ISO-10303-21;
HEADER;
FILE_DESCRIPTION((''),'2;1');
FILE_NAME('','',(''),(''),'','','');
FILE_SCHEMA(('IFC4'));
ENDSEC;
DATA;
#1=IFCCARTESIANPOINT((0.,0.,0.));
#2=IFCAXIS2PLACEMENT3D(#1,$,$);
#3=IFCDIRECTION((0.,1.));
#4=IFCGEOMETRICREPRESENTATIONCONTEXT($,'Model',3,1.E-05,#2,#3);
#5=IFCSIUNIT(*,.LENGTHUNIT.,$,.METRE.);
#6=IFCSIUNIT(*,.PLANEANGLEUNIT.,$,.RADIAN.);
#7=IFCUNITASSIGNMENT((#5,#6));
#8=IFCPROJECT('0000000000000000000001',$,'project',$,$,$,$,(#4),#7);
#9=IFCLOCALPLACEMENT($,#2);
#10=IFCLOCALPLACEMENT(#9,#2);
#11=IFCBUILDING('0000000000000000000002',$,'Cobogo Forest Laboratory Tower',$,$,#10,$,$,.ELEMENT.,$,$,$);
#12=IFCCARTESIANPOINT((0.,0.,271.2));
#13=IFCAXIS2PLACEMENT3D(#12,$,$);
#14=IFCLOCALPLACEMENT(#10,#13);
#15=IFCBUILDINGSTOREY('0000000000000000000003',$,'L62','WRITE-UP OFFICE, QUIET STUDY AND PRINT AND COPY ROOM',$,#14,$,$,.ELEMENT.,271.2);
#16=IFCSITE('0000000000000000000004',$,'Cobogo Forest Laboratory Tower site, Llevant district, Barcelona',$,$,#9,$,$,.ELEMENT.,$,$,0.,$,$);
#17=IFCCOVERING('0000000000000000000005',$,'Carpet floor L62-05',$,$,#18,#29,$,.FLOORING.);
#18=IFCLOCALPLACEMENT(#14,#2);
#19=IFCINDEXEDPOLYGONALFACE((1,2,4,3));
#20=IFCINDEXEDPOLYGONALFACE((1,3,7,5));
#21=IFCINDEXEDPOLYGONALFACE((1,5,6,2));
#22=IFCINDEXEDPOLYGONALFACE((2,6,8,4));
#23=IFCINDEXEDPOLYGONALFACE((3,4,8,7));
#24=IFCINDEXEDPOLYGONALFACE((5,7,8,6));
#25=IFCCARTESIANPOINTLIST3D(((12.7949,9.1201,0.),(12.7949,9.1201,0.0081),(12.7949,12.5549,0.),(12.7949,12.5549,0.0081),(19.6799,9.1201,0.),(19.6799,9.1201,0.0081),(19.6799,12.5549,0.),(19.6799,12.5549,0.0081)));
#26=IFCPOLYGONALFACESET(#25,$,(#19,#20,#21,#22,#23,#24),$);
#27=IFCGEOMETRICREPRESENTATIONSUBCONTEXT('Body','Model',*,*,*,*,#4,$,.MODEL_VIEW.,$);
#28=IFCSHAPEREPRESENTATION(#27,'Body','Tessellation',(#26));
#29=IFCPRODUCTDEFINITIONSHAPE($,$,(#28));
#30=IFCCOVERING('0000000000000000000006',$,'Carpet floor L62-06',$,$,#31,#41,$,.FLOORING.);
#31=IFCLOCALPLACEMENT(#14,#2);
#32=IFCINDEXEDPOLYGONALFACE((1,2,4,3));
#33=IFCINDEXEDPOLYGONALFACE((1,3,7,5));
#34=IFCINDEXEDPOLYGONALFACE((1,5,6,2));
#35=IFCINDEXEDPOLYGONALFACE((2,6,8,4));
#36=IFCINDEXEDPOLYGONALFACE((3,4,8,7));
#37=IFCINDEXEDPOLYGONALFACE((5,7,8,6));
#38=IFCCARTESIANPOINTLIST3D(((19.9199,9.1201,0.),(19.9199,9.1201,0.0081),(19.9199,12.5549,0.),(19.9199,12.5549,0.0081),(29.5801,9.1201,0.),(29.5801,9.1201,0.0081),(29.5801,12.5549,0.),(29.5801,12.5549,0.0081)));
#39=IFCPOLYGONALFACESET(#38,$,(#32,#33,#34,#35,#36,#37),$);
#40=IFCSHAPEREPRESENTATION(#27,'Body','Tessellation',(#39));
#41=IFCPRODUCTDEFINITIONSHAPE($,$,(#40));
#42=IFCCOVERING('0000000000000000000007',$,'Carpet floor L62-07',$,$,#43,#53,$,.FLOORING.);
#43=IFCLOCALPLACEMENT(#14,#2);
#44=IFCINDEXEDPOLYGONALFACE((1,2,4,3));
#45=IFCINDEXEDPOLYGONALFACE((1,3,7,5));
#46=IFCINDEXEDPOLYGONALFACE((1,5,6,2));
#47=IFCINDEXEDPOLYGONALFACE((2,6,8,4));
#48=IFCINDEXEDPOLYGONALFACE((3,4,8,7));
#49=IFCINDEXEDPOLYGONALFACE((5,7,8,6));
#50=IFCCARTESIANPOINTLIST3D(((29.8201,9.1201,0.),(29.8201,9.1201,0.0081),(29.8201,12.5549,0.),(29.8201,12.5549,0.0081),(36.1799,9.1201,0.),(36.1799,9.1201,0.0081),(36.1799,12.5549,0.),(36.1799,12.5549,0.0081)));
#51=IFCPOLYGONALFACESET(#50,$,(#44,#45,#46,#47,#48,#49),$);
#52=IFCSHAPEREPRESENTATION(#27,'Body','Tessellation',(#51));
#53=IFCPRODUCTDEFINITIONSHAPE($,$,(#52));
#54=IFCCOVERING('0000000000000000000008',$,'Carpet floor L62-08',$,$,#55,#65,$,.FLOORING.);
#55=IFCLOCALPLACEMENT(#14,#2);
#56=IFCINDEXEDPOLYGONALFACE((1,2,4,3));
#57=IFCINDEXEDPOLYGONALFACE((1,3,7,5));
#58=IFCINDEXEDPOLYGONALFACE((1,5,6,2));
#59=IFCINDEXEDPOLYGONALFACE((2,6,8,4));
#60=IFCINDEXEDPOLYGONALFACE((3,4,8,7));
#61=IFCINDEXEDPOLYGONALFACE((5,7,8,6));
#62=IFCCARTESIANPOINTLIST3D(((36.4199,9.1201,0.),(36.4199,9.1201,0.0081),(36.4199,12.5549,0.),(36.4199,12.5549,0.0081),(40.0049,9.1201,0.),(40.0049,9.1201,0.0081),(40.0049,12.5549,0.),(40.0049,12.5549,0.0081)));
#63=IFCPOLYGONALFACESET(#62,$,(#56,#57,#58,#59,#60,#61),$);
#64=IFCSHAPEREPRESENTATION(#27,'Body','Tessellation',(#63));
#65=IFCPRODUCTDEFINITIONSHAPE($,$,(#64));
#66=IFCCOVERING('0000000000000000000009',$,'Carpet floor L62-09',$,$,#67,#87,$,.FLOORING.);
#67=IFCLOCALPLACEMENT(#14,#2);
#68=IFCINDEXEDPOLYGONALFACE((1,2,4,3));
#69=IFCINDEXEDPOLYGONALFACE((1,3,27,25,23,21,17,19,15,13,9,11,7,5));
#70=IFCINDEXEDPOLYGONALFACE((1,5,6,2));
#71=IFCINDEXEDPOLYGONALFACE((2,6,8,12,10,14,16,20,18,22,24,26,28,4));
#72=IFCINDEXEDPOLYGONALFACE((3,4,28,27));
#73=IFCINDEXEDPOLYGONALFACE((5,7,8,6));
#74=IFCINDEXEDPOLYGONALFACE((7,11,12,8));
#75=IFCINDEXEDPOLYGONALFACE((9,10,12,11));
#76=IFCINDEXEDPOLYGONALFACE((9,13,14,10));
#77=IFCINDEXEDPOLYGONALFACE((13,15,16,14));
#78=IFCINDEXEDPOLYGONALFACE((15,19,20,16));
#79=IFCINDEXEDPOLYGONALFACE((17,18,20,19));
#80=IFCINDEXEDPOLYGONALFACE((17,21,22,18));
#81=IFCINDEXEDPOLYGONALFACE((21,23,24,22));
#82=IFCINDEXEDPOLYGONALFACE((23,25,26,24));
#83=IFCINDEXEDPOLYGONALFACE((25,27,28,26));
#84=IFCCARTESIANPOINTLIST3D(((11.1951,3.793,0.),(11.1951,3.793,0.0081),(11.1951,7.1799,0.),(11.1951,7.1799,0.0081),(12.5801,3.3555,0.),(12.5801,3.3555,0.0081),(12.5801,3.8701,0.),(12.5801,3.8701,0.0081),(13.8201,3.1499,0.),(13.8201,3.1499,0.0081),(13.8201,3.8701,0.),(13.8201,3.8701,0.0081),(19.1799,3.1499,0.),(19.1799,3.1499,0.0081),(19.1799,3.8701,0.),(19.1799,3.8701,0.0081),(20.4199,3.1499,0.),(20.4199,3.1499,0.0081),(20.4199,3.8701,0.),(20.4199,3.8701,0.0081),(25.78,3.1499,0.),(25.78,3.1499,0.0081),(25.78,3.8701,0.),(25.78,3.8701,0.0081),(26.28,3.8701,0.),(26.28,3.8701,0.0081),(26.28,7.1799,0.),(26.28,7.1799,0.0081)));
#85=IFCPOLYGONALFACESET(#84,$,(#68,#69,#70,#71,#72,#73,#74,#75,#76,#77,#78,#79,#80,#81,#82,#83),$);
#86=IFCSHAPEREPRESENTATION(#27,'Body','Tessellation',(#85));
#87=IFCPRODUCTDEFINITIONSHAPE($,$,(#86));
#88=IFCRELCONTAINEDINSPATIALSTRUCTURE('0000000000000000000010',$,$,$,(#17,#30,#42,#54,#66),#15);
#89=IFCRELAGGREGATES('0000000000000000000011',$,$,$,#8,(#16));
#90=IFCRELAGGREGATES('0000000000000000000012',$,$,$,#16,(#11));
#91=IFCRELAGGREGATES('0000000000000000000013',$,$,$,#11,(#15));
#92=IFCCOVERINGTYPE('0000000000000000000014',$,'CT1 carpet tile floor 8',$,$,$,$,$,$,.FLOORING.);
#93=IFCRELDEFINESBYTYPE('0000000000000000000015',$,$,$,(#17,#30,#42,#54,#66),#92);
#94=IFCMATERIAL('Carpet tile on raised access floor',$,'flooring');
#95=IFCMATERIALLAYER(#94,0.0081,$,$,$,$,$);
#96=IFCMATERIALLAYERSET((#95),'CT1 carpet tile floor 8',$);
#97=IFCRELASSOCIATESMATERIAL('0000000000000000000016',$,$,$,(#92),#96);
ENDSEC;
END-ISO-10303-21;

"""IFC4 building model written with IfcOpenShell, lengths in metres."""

from ifc_helpers import new_model, si_unit, direction, frame, origin, place, context, subcontext, project, spatial, polyline, outline, extrude, material, layer, layer_set, type_object, element, save


model = new_model("IFC4")

# Units and contexts
model_context = context("Model", 3, precision=1e-05, world=origin(), true_north=direction((0.0, 1.0)))
body_context = subcontext(model_context, "Body", "Model", "MODEL_VIEW")
ifc_project = project(units=[si_unit("LENGTHUNIT", "METRE"), si_unit("PLANEANGLEUNIT", "RADIAN")], contexts=[model_context])

# Site, building, storey
site_placement = place(None, origin())
site = spatial("IfcSite", under=ifc_project, at=site_placement, Name="Cobogo Forest Laboratory Tower site, Llevant district, Barcelona", CompositionType="ELEMENT", RefElevation=0.0)
building_placement = place(site_placement, origin())
building = spatial("IfcBuilding", under=site, at=building_placement, Name="Cobogo Forest Laboratory Tower", CompositionType="ELEMENT")
storey_placement = place(building_placement, frame((0.0, 0.0, 271.2)))
storey = spatial("IfcBuildingStorey", under=building, at=storey_placement, Name="L62", Description="WRITE-UP OFFICE, QUIET STUDY AND PRINT AND COPY ROOM", CompositionType="ELEMENT", Elevation=271.2)

# Coverings
ifc_material_1 = material(Name="Carpet tile on raised access floor", Category="flooring")
ifc_layer_1 = layer(ifc_material_1, 0.0081)
ifc_layer_set_1 = layer_set([ifc_layer_1], Name="CT1 carpet tile floor 8")
covering_type = type_object("IfcCoveringType", Name="CT1 carpet tile floor 8", PredefinedType="FLOORING", material=ifc_layer_set_1)
covering_1_placement = place(storey_placement, origin())
element("IfcCovering", 1, at=covering_1_placement, inside=storey, type_object=covering_type, Name="Carpet floor L62-05", PredefinedType="FLOORING", context=body_context, shape_type="SweptSolid", body=[
    extrude(outline(polyline([(19.6799, 9.1201), (12.7949, 9.1201), (12.7949, 12.5549), (19.6799, 12.5549), (19.6799, 9.1201)])), origin(), (0.0, 0.0, 1.0), 0.0081),
])
covering_2_placement = place(storey_placement, origin())
element("IfcCovering", 2, at=covering_2_placement, inside=storey, type_object=covering_type, Name="Carpet floor L62-06", PredefinedType="FLOORING", context=body_context, shape_type="SweptSolid", body=[
    extrude(outline(polyline([(29.5801, 9.1201), (19.9199, 9.1201), (19.9199, 12.5549), (29.5801, 12.5549), (29.5801, 9.1201)])), origin(), (0.0, 0.0, 1.0), 0.0081),
])
covering_3_placement = place(storey_placement, origin())
element("IfcCovering", 3, at=covering_3_placement, inside=storey, type_object=covering_type, Name="Carpet floor L62-07", PredefinedType="FLOORING", context=body_context, shape_type="SweptSolid", body=[
    extrude(outline(polyline([(36.1799, 9.1201), (29.8201, 9.1201), (29.8201, 12.5549), (36.1799, 12.5549), (36.1799, 9.1201)])), origin(), (0.0, 0.0, 1.0), 0.0081),
])
covering_4_placement = place(storey_placement, origin())
element("IfcCovering", 4, at=covering_4_placement, inside=storey, type_object=covering_type, Name="Carpet floor L62-08", PredefinedType="FLOORING", context=body_context, shape_type="SweptSolid", body=[
    extrude(outline(polyline([(40.0049, 9.1201), (36.4199, 9.1201), (36.4199, 12.5549), (40.0049, 12.5549), (40.0049, 9.1201)])), origin(), (0.0, 0.0, 1.0), 0.0081),
])
covering_5_placement = place(storey_placement, origin())
element("IfcCovering", 5, at=covering_5_placement, inside=storey, type_object=covering_type, Name="Carpet floor L62-09", PredefinedType="FLOORING", context=body_context, shape_type="SweptSolid", body=[
    extrude(outline(polyline([(26.28, 7.1799), (26.28, 3.8701), (25.78, 3.8701), (25.78, 3.1499), (20.4199, 3.1499), (20.4199, 3.8701), (19.1799, 3.8701), (19.1799, 3.1499), (13.8201, 3.1499), (13.8201, 3.8701), (12.5801, 3.8701), (12.5801, 3.3555), (11.1951, 3.793), (11.1951, 7.1799), (26.28, 7.1799)])), origin(), (0.0, 0.0, 1.0), 0.0081),
])

save(model, "model.ifc")
